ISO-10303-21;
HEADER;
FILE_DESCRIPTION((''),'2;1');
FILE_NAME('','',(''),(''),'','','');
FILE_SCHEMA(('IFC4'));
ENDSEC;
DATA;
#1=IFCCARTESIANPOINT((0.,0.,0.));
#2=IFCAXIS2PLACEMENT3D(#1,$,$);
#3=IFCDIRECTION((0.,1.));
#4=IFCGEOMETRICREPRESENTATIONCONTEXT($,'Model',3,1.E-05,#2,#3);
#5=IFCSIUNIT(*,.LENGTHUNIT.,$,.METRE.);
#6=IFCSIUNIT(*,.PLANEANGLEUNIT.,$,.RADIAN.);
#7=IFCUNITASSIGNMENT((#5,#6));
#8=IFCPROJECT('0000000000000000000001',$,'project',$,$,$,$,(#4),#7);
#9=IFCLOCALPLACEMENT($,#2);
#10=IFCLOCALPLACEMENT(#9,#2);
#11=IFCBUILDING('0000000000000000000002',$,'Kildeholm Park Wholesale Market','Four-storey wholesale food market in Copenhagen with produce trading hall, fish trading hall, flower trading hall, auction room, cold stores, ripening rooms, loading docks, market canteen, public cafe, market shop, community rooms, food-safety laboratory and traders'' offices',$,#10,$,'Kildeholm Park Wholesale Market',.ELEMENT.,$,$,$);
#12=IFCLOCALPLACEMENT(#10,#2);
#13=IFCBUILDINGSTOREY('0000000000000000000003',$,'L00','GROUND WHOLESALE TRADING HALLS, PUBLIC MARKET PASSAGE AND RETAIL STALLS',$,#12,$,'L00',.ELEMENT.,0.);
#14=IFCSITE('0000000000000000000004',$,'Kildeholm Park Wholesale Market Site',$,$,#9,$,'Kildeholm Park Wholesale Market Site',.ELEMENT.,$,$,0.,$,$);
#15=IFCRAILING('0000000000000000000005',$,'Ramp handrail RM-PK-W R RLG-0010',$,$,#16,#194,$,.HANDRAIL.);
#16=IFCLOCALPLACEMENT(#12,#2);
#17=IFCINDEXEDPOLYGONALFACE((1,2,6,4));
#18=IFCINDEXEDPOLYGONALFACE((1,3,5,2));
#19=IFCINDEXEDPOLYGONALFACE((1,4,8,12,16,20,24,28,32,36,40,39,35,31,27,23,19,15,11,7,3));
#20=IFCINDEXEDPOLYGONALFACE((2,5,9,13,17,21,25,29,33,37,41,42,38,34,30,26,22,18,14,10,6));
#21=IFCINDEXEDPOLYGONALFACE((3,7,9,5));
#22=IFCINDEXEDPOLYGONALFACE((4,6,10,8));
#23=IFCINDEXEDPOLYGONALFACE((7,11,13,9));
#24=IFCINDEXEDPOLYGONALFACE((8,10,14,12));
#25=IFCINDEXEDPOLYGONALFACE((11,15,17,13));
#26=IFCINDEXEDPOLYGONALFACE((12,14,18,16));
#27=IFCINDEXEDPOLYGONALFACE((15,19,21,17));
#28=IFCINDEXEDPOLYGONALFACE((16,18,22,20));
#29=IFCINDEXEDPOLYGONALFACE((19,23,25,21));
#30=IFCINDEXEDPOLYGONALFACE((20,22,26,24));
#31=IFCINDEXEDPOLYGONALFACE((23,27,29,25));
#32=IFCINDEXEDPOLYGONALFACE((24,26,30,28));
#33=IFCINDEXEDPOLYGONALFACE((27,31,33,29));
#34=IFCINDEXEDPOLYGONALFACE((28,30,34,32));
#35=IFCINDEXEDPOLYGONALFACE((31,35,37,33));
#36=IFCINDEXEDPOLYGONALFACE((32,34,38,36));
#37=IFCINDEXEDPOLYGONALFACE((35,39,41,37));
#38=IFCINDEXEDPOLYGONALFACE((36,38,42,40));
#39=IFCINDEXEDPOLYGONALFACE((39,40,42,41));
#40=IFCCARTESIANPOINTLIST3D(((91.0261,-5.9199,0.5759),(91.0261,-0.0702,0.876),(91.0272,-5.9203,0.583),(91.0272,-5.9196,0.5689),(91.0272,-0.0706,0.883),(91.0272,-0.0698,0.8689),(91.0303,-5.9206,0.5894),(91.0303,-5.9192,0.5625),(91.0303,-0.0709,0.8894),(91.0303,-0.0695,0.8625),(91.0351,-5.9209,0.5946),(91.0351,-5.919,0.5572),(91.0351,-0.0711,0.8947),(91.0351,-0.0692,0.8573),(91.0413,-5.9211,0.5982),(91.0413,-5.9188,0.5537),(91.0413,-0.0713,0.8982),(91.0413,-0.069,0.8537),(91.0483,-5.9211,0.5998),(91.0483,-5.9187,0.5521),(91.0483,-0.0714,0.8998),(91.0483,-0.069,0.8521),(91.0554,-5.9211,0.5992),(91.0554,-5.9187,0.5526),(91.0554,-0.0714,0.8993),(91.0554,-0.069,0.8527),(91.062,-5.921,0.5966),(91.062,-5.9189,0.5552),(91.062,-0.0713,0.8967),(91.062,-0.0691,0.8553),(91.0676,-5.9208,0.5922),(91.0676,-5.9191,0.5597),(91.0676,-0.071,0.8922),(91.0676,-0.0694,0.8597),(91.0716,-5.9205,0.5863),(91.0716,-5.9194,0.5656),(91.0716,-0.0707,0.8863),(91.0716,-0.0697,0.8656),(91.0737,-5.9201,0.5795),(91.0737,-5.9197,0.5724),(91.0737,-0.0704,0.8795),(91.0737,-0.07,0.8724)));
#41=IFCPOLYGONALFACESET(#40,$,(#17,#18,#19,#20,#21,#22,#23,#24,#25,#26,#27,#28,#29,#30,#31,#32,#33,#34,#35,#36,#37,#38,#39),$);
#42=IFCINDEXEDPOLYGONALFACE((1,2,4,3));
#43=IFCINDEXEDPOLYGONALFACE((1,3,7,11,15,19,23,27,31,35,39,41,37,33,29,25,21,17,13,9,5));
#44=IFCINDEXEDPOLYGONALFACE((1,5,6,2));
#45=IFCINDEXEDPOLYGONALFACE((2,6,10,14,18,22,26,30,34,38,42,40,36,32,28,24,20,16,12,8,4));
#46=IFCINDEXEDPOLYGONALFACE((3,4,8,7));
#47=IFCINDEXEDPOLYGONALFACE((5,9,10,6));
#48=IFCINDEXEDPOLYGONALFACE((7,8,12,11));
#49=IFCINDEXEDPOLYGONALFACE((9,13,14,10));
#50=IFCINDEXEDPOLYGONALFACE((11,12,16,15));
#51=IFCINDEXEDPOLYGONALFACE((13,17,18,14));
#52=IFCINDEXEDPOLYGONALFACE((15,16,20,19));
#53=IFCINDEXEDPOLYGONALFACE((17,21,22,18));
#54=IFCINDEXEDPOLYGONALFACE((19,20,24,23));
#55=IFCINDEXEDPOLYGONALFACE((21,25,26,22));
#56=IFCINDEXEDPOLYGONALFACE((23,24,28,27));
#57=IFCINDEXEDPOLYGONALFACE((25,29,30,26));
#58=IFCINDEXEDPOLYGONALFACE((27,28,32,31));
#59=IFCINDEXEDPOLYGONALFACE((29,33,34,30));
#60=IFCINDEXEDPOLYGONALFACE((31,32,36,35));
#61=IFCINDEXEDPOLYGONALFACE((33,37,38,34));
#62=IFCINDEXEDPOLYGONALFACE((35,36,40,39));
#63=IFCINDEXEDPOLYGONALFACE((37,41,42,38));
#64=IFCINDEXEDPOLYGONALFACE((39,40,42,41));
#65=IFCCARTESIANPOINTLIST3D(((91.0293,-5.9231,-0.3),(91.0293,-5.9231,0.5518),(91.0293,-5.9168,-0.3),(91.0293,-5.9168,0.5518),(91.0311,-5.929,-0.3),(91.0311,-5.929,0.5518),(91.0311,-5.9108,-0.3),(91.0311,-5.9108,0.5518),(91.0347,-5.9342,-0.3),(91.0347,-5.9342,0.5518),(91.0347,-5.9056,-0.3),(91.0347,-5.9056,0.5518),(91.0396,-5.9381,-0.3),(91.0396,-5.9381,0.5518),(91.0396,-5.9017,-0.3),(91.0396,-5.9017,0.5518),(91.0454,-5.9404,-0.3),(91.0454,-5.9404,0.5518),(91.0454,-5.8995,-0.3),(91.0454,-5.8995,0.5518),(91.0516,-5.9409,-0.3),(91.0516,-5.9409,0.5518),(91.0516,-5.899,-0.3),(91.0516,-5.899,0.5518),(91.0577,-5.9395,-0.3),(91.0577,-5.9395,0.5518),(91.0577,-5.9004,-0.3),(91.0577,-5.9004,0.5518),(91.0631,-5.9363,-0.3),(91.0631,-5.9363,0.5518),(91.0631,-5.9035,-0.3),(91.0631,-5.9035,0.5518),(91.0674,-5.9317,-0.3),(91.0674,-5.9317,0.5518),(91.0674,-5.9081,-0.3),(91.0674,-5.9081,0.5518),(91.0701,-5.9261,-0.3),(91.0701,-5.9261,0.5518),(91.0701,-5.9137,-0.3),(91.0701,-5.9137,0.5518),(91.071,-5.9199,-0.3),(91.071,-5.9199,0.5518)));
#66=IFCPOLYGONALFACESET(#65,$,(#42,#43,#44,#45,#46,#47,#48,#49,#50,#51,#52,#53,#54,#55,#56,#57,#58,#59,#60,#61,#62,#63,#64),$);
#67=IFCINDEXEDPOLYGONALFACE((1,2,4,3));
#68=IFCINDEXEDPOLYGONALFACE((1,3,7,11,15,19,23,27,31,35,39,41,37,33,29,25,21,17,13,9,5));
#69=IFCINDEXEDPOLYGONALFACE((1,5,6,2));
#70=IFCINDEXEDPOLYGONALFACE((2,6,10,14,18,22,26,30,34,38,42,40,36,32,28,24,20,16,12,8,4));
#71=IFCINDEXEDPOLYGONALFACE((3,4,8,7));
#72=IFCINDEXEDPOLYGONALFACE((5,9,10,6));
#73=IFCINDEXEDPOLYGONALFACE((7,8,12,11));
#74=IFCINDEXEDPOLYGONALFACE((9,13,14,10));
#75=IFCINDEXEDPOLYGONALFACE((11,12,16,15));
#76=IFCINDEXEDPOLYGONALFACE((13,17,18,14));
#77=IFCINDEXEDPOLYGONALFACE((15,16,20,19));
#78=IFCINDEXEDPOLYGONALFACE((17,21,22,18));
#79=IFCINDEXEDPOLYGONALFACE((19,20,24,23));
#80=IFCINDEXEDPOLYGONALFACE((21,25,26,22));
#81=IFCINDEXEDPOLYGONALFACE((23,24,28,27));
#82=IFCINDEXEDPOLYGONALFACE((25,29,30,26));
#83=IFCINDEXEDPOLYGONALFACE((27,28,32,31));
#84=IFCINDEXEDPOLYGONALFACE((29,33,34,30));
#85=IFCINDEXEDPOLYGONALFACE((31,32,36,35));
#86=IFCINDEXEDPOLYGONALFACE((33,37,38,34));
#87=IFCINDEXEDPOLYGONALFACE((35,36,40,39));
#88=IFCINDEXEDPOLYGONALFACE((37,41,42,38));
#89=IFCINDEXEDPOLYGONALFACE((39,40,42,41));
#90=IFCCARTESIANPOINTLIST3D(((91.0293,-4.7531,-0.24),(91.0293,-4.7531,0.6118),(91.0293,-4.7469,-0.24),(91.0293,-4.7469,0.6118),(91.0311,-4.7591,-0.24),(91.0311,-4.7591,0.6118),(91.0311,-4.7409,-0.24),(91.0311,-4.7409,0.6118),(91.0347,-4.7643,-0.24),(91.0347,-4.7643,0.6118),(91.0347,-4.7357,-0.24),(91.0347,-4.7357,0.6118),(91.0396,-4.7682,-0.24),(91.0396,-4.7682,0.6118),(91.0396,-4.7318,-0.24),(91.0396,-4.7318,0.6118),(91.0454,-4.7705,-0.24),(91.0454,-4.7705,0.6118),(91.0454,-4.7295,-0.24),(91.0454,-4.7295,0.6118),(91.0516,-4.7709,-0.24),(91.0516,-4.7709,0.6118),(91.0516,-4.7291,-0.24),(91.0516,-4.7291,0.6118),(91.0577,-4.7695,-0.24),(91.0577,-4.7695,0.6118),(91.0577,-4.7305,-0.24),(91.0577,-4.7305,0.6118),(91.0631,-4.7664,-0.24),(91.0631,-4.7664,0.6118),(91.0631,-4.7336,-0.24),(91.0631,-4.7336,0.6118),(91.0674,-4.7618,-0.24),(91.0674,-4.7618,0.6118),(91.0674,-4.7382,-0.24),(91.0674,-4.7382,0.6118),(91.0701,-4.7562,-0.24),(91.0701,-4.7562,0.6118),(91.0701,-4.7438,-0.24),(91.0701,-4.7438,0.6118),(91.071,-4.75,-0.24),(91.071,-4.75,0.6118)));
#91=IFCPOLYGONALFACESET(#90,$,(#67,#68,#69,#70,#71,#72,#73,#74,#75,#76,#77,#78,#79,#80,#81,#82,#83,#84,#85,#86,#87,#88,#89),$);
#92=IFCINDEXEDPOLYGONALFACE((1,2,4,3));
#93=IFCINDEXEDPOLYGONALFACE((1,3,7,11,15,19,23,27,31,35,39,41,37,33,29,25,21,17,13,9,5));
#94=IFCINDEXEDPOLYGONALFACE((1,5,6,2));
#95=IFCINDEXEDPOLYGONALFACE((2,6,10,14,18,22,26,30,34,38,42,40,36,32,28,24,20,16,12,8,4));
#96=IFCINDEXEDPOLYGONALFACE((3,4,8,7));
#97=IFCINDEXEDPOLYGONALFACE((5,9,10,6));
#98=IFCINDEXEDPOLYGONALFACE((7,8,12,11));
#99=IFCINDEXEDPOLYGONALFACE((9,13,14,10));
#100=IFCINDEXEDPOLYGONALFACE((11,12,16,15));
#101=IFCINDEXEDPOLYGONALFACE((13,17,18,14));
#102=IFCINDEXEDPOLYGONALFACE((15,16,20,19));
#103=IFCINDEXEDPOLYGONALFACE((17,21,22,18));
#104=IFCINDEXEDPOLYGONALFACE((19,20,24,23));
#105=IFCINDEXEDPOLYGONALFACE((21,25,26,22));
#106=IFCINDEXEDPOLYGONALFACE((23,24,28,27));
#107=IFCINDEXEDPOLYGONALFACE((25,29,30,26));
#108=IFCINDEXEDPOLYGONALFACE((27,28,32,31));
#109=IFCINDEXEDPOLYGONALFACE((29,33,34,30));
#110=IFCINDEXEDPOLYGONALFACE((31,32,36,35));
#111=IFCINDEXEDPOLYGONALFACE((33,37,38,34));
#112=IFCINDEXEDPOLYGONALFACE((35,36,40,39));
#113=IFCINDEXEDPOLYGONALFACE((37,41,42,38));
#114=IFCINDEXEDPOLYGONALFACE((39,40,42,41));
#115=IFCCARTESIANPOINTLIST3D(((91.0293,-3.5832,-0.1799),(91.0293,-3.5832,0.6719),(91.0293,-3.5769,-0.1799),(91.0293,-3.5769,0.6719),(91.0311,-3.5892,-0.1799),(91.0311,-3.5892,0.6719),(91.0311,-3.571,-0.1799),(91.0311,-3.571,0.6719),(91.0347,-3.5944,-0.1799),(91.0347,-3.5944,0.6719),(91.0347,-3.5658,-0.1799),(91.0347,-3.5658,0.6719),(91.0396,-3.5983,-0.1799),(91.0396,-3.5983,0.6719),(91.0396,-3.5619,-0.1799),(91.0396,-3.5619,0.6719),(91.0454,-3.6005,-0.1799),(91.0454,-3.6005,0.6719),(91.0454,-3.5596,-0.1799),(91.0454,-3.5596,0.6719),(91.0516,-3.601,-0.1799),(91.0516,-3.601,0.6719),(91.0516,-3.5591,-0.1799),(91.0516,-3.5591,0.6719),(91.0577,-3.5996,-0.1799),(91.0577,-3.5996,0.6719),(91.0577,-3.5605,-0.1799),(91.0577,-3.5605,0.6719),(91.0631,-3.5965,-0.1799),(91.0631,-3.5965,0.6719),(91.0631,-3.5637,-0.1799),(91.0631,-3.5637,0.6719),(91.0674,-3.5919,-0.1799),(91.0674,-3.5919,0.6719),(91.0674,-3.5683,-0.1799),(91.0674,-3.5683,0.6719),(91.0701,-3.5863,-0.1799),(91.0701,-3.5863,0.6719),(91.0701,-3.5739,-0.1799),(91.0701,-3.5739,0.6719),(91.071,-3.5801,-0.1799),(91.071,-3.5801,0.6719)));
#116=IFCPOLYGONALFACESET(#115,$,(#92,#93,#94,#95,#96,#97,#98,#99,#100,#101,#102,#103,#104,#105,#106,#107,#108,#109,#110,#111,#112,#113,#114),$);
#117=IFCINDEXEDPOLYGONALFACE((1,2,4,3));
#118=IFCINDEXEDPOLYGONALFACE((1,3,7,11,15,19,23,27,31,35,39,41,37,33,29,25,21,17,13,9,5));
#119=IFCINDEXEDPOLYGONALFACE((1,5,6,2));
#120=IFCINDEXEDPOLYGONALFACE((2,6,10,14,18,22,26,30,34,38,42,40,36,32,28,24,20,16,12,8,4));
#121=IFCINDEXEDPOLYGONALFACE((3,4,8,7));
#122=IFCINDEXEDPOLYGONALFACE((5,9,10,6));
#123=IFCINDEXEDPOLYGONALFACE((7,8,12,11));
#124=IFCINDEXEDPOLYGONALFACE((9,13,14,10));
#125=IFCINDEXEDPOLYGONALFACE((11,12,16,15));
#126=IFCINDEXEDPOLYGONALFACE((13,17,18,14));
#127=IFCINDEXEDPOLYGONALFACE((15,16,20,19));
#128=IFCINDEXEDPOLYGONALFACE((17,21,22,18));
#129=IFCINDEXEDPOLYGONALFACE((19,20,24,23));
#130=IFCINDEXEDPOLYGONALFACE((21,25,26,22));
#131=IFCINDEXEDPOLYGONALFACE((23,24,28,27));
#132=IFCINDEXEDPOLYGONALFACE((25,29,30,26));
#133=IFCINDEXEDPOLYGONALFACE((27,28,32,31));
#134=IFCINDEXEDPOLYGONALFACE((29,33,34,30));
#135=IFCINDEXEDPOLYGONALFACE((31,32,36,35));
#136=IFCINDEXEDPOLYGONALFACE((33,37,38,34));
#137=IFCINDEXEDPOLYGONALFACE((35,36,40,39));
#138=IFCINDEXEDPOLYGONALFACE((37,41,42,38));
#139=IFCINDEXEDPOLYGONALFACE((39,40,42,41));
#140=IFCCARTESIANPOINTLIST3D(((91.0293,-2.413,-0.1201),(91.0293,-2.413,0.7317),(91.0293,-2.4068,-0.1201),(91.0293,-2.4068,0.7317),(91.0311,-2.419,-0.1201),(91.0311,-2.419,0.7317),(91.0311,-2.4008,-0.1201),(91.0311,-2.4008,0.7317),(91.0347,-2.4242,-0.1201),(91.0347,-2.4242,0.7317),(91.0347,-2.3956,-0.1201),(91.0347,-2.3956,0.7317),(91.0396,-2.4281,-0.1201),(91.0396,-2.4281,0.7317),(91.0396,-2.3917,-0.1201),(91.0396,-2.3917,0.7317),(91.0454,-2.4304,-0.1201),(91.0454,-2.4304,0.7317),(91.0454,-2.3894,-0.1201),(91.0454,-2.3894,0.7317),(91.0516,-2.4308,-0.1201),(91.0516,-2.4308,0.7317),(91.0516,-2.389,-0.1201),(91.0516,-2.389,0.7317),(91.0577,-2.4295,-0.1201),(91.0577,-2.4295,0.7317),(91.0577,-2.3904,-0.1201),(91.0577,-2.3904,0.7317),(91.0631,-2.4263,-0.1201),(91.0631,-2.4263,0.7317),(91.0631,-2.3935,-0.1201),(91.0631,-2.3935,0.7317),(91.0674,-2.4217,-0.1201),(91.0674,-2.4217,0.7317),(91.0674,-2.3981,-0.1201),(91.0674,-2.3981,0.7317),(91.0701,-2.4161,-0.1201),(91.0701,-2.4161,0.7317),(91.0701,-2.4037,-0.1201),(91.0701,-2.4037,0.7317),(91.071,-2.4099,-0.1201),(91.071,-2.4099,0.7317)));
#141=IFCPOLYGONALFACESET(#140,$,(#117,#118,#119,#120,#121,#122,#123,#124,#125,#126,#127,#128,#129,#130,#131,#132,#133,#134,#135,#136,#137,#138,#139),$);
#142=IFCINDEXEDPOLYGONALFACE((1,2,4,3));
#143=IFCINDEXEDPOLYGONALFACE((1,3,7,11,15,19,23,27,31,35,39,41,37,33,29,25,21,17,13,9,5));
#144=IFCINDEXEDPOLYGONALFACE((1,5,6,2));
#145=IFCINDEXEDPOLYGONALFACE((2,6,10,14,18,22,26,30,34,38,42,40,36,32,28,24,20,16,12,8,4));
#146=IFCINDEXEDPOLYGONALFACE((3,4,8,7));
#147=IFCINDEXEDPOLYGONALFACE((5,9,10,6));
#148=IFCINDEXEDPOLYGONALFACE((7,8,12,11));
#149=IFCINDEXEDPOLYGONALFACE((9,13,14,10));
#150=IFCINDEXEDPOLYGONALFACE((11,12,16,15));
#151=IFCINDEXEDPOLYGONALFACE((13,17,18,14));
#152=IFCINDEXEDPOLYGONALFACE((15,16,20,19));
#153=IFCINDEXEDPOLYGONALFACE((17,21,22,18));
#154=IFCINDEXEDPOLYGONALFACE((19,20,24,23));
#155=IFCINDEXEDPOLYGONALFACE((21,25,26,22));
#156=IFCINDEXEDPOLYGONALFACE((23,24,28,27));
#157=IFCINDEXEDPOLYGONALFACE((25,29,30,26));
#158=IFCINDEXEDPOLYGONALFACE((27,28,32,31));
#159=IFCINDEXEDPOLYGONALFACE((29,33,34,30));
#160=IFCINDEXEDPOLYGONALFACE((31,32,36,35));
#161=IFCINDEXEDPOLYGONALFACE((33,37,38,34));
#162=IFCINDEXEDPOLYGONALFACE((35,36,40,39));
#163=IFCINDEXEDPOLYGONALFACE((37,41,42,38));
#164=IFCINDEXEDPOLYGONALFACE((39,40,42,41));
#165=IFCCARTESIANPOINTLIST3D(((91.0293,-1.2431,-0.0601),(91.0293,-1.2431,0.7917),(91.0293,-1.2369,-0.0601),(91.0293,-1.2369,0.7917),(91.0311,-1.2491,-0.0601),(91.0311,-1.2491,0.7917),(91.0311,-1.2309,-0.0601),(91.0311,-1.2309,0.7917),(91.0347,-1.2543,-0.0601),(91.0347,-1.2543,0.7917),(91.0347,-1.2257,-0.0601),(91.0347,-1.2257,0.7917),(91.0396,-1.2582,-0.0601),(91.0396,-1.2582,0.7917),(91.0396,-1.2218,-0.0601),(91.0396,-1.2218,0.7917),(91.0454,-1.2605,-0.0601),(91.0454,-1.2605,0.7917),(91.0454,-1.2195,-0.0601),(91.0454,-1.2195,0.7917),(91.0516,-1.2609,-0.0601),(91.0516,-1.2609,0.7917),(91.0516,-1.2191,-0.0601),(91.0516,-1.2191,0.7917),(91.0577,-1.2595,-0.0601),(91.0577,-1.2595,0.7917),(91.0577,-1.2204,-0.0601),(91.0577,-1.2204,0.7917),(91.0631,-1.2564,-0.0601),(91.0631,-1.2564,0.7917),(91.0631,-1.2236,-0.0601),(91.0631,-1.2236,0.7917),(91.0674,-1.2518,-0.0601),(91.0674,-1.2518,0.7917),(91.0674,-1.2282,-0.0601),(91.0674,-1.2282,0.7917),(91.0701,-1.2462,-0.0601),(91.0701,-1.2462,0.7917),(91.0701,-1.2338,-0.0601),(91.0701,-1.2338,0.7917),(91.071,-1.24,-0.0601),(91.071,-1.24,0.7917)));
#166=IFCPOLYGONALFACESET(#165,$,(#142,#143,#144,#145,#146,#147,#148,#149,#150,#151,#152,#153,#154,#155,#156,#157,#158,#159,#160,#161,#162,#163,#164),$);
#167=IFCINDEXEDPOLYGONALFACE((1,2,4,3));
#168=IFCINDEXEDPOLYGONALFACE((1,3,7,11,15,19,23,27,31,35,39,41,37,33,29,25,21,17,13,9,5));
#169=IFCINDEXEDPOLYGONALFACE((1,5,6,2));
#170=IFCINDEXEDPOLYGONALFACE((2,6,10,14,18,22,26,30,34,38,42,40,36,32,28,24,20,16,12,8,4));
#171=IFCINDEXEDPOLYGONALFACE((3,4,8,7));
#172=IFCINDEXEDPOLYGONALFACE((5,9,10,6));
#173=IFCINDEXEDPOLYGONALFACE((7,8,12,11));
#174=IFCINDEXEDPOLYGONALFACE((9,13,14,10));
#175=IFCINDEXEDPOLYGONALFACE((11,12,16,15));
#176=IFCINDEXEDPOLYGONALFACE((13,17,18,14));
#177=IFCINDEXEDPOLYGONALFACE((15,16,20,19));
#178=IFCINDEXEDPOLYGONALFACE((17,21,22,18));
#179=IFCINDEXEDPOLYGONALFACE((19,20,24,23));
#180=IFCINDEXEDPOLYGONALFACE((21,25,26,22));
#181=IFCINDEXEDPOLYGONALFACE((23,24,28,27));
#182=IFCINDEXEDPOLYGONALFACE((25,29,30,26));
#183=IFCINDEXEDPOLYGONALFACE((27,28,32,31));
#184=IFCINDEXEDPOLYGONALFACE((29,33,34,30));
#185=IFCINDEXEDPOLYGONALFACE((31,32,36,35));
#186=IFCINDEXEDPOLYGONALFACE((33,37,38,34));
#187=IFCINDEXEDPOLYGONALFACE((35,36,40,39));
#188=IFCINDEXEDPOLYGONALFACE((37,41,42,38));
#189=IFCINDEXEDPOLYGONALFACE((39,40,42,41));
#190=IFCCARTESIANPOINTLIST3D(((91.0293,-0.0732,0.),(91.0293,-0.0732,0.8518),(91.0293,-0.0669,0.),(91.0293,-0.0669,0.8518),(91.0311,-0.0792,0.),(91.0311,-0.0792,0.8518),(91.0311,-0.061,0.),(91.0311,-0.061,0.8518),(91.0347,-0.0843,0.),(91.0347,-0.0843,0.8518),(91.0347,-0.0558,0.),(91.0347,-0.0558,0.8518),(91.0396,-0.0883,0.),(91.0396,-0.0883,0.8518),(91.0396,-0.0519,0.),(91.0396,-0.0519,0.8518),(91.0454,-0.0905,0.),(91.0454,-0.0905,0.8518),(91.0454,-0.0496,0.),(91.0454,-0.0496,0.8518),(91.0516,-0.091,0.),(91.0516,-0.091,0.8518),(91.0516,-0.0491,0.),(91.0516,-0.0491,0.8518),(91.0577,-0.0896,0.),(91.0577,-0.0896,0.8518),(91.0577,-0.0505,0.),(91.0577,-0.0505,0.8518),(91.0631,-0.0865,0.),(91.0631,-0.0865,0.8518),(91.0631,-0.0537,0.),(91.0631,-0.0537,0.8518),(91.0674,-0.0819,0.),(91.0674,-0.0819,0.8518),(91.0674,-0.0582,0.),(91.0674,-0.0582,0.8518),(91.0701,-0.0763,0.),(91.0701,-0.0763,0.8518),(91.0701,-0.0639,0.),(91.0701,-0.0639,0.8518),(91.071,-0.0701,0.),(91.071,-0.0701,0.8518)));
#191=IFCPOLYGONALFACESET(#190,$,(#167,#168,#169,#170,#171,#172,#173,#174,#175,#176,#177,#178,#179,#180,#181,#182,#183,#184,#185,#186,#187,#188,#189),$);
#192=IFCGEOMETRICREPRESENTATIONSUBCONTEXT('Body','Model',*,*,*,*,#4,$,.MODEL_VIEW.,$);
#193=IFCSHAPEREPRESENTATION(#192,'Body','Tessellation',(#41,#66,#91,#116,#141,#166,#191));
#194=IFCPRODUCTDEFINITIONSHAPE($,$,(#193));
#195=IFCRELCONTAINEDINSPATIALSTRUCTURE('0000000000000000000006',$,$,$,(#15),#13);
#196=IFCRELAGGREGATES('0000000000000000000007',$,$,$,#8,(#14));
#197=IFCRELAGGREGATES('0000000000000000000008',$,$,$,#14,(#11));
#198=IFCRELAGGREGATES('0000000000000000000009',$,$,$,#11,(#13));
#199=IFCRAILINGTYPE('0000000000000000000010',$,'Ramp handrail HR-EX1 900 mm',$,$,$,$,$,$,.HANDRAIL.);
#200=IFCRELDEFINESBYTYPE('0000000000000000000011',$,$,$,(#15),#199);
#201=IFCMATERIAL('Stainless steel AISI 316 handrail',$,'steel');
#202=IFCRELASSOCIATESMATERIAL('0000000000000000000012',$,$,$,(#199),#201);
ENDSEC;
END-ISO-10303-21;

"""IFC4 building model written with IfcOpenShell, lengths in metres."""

from ifc_helpers import new_model, si_unit, direction, frame, origin, origin_2d, place, context, subcontext, project, spatial, circle, extrude, material, type_object, element, save


model = new_model("IFC4")

# Units and contexts
model_context = context("Model", 3, precision=1e-05, world=origin(), true_north=direction((0.0, 1.0)))
body_context = subcontext(model_context, "Body", "Model", "MODEL_VIEW")
ifc_project = project(units=[si_unit("LENGTHUNIT", "METRE"), si_unit("PLANEANGLEUNIT", "RADIAN")], contexts=[model_context])

# Site, building, storey
site_placement = place(None, origin())
site = spatial("IfcSite", under=ifc_project, at=site_placement, Name="Kildeholm Park Wholesale Market Site", LongName="Kildeholm Park Wholesale Market Site", CompositionType="ELEMENT", RefElevation=0.0)
building_placement = place(site_placement, origin())
building = spatial("IfcBuilding", under=site, at=building_placement, Name="Kildeholm Park Wholesale Market", Description="Four-storey wholesale food market in Copenhagen with produce trading hall, fish trading hall, flower trading hall, auction room, cold stores, ripening rooms, loading docks, market canteen, public cafe, market shop, community rooms, food-safety laboratory and traders' offices", LongName="Kildeholm Park Wholesale Market", CompositionType="ELEMENT")
storey_placement = place(building_placement, origin())
storey = spatial("IfcBuildingStorey", under=building, at=storey_placement, Name="L00", Description="GROUND WHOLESALE TRADING HALLS, PUBLIC MARKET PASSAGE AND RETAIL STALLS", LongName="L00", CompositionType="ELEMENT", Elevation=0.0)

# Railing
ifc_material_1 = material(Name="Stainless steel AISI 316 handrail", Category="steel")
railing_type = type_object("IfcRailingType", Name="Ramp handrail HR-EX1 900 mm", PredefinedType="HANDRAIL", material=ifc_material_1)
for number, where, name in (
    (1, (91.05, -5.9199, -0.3), "Ramp handrail RM-PK-W R RLG-0010"),
):
    element("IfcRailing", number, at=place(storey_placement, frame(where)), inside=storey, type_object=railing_type, Name=name, PredefinedType="HANDRAIL", context=body_context, shape_type="SweptSolid", body=[
        extrude(circle(Radius=0.0239, at=origin_2d()), frame((0.0, 0.0, 0.876), z_axis=(0.0, 0.998687, 0.051224), x_axis=(-1.0, 0.0, 0.0)), (0.0, 0.0, 1.0), 5.8574),
        extrude(circle(Radius=0.021, at=origin_2d()), origin(), (0.0, 0.0, 1.0), 0.8518),
        extrude(circle(Radius=0.021, at=origin_2d()), frame((0.0, 1.1699, 0.0601)), (0.0, 0.0, 1.0), 0.8518),
        extrude(circle(Radius=0.021, at=origin_2d()), frame((0.0, 2.3398, 0.1201)), (0.0, 0.0, 1.0), 0.8518),
        extrude(circle(Radius=0.021, at=origin_2d()), frame((0.0, 3.51, 0.1799)), (0.0, 0.0, 1.0), 0.8518),
        extrude(circle(Radius=0.021, at=origin_2d()), frame((0.0, 4.6799, 0.24)), (0.0, 0.0, 1.0), 0.8518),
        extrude(circle(Radius=0.021, at=origin_2d()), frame((0.0, 5.8499, 0.3)), (0.0, 0.0, 1.0), 0.8518),
    ])

save(model, "model.ifc")
